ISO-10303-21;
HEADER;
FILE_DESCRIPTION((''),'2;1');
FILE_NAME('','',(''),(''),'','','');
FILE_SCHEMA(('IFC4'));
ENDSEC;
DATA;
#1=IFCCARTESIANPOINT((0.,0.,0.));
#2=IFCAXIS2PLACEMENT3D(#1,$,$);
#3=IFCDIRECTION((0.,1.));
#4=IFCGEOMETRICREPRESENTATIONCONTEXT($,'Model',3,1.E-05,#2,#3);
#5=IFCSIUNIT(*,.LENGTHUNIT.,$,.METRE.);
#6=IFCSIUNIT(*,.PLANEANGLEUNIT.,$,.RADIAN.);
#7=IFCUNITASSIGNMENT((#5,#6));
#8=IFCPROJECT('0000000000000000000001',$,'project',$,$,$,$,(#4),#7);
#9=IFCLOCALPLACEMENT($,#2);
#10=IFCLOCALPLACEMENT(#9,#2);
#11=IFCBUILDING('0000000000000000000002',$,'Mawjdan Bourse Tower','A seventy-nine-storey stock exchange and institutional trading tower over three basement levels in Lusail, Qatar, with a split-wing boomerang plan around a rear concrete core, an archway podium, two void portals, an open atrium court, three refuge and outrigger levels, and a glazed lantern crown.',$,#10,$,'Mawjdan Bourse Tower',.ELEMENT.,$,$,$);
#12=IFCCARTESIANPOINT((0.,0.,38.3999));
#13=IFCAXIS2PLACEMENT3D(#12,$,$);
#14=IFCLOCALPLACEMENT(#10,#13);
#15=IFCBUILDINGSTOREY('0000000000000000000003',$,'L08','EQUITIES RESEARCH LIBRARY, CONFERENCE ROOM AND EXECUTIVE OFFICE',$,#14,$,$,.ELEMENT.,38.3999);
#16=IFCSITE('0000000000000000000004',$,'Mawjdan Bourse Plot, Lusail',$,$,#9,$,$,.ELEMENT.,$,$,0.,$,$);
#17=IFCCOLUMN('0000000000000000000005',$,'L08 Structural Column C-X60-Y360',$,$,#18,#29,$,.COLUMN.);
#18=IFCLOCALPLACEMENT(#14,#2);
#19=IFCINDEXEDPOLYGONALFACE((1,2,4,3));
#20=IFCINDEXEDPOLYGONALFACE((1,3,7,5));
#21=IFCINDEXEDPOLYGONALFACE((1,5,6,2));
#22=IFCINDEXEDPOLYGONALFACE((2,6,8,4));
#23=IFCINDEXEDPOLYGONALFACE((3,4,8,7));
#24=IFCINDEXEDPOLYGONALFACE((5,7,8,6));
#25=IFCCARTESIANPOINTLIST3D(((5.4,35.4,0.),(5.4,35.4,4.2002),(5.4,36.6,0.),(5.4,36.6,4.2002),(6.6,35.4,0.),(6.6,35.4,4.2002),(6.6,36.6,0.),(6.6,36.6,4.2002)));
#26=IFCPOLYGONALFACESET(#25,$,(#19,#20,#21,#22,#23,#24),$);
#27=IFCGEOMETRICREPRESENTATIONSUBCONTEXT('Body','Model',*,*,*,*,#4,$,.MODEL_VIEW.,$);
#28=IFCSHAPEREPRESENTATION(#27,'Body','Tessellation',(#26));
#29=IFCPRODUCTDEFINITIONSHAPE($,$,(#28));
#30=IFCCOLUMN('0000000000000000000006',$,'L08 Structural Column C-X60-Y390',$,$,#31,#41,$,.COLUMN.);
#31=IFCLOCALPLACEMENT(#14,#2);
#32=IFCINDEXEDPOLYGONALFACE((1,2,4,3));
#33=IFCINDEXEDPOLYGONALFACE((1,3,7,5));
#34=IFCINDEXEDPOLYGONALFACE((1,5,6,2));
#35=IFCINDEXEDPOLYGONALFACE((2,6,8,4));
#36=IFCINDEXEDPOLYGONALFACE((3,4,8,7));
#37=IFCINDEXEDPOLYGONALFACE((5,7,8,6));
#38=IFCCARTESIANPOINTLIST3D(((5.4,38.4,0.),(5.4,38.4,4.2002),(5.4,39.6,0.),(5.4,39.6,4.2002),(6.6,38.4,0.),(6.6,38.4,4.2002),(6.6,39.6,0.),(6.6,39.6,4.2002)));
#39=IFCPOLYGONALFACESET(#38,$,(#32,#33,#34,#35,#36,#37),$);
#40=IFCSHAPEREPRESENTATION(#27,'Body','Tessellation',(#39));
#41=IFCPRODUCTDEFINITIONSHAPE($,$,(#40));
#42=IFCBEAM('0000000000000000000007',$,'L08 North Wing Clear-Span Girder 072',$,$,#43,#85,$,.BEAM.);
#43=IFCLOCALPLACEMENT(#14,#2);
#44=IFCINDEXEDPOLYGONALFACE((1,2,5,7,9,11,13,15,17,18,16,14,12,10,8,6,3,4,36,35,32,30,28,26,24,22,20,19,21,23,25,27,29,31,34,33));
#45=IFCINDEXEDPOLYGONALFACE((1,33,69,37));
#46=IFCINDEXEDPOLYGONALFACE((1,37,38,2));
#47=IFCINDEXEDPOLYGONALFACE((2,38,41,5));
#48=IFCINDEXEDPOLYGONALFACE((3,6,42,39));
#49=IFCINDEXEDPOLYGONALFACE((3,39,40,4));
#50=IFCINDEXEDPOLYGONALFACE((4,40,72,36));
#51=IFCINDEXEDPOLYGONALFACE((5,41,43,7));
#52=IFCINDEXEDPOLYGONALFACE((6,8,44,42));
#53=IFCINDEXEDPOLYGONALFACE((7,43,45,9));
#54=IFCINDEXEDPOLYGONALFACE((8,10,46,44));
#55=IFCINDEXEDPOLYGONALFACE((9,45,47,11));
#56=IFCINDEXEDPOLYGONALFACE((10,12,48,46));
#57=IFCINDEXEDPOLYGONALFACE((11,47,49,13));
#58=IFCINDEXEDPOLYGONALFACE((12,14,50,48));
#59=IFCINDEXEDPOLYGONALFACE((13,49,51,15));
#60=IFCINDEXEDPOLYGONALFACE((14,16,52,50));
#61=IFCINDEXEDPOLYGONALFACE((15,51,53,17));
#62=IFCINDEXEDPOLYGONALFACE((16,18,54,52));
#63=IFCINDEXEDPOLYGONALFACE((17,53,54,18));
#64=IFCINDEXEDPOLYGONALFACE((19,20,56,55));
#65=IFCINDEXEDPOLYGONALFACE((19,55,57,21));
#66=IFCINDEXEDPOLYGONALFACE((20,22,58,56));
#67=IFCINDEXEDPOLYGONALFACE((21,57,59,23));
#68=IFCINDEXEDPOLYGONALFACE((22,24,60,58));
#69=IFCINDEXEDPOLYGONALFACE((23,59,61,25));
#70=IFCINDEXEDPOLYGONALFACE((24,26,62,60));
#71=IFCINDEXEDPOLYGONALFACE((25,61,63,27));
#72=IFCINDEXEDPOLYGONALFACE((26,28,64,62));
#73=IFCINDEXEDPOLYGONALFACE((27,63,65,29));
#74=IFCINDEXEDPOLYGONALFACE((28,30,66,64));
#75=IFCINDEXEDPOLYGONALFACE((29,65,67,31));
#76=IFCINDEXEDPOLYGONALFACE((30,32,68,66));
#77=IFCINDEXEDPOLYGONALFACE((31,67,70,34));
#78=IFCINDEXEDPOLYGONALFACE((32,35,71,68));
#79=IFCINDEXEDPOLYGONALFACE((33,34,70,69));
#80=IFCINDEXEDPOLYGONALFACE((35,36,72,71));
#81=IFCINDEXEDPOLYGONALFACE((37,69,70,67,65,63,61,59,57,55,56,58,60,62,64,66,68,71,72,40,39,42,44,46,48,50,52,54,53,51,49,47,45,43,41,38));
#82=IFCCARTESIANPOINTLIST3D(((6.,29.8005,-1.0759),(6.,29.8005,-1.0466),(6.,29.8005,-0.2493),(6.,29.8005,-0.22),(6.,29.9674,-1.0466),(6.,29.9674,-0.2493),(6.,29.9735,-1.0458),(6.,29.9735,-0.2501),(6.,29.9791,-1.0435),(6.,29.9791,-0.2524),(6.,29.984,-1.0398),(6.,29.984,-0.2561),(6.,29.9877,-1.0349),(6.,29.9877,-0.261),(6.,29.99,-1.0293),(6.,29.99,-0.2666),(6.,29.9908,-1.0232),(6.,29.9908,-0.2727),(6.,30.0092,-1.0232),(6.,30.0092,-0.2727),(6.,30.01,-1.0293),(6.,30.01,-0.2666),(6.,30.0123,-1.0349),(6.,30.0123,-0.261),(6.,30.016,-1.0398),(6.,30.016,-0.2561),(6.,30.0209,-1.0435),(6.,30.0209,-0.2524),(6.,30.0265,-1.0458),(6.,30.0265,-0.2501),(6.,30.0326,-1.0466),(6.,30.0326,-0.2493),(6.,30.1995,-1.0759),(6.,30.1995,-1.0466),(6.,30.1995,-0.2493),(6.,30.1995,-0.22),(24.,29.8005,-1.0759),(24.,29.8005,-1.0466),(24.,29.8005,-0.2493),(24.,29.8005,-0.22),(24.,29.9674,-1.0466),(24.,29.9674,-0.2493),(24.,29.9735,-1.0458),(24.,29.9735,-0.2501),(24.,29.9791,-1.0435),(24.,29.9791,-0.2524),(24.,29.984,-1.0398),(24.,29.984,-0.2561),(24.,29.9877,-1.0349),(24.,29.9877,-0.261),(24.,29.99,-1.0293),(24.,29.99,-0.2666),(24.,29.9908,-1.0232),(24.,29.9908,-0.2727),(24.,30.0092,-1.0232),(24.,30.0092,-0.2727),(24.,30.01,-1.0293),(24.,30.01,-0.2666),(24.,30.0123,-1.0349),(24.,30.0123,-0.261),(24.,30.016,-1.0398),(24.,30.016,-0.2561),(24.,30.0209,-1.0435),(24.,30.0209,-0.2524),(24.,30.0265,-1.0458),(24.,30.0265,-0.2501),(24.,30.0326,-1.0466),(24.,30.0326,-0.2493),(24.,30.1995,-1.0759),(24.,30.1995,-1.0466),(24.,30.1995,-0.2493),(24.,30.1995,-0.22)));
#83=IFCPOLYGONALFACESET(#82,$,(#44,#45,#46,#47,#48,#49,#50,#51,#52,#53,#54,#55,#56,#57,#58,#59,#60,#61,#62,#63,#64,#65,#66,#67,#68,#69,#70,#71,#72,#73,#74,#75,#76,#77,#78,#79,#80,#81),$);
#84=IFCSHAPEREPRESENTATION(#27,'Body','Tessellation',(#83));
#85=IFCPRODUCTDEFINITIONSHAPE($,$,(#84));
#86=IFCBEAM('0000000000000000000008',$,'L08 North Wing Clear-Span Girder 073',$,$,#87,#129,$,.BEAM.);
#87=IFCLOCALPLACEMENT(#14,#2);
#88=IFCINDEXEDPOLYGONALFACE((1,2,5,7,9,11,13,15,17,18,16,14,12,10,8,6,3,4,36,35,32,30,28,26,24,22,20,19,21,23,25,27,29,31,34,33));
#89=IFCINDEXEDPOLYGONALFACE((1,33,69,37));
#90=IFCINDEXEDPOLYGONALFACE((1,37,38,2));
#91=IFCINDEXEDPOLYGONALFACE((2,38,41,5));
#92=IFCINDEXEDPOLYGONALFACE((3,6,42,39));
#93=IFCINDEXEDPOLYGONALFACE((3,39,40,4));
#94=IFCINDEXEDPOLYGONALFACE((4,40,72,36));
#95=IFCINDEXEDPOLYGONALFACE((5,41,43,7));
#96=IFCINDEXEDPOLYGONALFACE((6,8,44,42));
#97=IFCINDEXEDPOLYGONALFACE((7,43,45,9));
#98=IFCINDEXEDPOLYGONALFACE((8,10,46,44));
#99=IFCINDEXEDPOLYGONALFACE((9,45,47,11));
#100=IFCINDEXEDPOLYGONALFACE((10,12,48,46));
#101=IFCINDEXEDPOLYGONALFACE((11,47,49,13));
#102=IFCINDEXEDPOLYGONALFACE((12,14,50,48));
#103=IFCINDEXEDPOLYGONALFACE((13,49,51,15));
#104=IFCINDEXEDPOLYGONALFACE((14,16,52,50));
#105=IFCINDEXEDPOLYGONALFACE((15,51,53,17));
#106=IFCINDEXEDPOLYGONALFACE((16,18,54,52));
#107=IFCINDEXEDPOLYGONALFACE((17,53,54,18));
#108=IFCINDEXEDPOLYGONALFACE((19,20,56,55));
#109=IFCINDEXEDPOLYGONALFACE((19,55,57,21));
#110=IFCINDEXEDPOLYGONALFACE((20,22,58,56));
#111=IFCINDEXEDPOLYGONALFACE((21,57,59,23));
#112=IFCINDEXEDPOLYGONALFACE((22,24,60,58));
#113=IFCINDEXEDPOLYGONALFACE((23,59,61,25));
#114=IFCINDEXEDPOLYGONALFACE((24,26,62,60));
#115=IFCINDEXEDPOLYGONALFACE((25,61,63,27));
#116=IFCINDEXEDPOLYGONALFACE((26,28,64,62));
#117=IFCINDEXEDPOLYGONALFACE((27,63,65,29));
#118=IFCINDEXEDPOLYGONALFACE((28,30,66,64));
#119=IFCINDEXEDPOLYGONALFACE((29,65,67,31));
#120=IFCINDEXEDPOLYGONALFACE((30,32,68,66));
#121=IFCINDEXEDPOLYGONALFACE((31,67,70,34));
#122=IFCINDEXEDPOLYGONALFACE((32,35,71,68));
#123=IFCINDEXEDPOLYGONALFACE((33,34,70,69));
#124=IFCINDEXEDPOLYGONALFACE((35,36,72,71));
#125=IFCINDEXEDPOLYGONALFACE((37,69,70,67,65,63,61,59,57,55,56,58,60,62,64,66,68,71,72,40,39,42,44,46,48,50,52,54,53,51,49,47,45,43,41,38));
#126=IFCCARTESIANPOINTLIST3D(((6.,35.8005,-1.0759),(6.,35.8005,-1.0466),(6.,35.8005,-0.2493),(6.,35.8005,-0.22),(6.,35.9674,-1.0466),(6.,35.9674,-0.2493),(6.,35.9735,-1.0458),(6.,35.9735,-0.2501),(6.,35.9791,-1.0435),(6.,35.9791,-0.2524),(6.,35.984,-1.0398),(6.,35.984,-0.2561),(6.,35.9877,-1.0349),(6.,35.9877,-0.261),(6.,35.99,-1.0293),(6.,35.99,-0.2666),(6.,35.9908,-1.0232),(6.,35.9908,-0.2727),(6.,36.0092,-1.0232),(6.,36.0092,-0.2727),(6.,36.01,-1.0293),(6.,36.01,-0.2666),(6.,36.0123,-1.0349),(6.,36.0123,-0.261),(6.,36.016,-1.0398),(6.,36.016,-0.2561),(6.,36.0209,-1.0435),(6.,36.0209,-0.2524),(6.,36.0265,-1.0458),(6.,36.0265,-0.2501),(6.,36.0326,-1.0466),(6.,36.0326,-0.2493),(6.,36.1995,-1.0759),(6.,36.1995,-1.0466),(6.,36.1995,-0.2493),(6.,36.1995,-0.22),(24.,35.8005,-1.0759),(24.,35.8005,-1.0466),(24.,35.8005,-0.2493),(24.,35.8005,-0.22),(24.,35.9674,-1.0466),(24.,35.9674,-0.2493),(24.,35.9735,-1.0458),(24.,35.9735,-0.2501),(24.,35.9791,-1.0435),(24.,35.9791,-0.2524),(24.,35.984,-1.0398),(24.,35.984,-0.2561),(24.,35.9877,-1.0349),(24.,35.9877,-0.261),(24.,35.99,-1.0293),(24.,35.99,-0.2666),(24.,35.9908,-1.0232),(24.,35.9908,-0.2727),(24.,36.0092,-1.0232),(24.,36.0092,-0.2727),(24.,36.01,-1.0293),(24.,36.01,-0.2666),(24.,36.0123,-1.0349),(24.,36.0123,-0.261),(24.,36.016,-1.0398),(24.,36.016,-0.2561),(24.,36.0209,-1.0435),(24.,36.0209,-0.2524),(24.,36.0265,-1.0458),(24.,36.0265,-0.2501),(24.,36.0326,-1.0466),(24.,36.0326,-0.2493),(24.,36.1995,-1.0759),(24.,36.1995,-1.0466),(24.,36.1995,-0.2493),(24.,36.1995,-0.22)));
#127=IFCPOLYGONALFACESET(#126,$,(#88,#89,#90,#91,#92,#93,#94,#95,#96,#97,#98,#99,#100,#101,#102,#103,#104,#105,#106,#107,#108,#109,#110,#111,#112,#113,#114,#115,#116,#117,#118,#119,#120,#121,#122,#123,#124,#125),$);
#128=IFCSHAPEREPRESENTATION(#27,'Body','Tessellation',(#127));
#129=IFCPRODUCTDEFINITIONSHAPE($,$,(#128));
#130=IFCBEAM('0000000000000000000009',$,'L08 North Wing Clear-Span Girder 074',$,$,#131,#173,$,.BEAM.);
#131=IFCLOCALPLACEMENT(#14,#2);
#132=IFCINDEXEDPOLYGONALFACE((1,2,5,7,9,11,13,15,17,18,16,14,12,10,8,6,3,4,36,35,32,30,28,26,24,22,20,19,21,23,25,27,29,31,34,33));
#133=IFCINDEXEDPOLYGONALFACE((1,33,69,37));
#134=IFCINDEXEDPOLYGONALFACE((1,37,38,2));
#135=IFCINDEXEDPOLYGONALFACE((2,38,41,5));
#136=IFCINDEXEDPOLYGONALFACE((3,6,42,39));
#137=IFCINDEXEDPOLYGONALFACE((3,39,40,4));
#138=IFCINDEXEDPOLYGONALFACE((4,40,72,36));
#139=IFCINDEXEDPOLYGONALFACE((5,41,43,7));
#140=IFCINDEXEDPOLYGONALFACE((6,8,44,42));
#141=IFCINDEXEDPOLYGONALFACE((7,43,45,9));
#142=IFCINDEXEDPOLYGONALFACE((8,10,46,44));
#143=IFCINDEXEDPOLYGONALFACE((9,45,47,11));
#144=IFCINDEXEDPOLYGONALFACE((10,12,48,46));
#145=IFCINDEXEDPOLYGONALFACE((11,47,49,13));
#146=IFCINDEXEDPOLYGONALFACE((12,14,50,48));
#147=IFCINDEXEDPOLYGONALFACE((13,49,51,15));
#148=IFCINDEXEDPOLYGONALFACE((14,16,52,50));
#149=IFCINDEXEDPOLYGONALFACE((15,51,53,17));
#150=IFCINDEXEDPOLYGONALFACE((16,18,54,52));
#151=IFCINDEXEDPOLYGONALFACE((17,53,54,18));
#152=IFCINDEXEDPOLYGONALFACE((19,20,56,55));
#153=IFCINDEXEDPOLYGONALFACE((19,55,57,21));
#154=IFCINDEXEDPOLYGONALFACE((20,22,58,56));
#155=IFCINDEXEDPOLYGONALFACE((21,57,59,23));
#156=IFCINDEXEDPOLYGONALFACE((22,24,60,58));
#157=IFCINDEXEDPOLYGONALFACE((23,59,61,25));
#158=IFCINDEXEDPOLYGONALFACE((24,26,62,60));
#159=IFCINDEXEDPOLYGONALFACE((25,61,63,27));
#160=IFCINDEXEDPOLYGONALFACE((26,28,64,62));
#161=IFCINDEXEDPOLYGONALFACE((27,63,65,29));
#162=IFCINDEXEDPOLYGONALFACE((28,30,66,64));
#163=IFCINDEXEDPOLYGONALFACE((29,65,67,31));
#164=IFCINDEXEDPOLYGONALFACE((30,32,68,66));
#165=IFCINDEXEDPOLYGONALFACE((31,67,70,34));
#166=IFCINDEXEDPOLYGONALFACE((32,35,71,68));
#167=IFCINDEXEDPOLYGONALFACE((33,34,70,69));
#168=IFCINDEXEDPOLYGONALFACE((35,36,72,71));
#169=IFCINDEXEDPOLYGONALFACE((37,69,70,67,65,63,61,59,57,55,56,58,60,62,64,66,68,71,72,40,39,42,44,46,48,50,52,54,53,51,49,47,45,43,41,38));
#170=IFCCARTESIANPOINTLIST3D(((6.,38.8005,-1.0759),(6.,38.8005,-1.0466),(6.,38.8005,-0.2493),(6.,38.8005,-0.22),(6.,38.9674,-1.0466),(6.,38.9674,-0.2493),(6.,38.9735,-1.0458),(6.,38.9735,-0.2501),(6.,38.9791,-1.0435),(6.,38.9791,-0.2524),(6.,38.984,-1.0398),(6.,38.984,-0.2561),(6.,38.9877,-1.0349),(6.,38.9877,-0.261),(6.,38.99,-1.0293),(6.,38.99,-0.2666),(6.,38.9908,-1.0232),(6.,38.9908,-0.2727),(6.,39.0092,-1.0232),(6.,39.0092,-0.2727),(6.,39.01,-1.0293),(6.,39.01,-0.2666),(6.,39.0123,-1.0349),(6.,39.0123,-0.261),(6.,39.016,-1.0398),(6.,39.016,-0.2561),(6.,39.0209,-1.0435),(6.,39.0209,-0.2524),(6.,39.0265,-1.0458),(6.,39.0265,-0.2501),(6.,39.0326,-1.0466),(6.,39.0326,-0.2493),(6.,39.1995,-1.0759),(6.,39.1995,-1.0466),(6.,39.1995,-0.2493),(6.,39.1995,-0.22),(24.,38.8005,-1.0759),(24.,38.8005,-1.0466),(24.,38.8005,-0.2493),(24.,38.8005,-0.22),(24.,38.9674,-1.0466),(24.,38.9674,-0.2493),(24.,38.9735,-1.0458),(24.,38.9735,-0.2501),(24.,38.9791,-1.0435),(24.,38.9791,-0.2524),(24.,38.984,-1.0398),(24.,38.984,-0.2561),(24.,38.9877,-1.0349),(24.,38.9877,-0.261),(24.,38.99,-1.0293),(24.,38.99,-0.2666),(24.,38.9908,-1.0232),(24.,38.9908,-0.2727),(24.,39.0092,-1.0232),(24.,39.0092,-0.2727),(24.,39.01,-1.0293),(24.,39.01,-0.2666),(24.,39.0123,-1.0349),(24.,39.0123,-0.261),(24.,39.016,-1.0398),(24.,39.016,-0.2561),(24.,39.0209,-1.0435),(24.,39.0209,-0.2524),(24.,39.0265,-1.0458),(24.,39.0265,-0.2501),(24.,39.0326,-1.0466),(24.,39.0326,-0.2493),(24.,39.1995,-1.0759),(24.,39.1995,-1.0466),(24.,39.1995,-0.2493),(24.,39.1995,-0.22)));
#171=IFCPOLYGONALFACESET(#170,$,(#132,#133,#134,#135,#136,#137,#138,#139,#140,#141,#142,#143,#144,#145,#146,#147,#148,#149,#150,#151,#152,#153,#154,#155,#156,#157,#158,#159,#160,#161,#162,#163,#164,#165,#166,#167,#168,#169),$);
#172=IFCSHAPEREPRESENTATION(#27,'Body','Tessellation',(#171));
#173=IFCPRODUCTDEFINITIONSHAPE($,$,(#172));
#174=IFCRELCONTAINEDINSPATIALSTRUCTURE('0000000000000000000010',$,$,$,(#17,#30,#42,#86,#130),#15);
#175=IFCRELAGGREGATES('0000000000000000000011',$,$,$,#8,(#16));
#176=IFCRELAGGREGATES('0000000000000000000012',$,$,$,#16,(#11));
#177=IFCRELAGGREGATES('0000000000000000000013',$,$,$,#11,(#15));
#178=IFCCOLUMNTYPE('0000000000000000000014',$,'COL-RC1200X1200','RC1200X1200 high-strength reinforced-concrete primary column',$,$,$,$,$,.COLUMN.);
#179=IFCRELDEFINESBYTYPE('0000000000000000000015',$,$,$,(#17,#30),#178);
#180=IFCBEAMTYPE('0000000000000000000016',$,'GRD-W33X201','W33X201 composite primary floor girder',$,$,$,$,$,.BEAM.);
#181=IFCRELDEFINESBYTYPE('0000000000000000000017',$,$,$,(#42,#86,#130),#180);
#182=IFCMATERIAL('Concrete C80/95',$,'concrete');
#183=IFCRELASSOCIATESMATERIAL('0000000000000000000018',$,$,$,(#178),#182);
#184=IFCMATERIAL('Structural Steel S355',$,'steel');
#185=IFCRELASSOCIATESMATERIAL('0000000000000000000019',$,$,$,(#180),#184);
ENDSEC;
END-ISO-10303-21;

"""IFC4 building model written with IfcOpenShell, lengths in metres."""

from ifc_helpers import new_model, si_unit, direction, frame, origin, origin_2d, place, context, subcontext, project, spatial, rectangle, i_section, extrude, material, material_profile, profile_set, type_object, element, save


model = new_model("IFC4")

# Units and contexts
model_context = context("Model", 3, precision=1e-05, world=origin(), true_north=direction((0.0, 1.0)))
body_context = subcontext(model_context, "Body", "Model", "MODEL_VIEW")
ifc_project = project(units=[si_unit("LENGTHUNIT", "METRE"), si_unit("PLANEANGLEUNIT", "RADIAN")], contexts=[model_context])

# Site, building, storey
site_placement = place(None, origin())
site = spatial("IfcSite", under=ifc_project, at=site_placement, Name="Mawjdan Bourse Plot, Lusail", CompositionType="ELEMENT", RefElevation=0.0)
building_placement = place(site_placement, origin())
building = spatial("IfcBuilding", under=site, at=building_placement, Name="Mawjdan Bourse Tower", Description="A seventy-nine-storey stock exchange and institutional trading tower over three basement levels in Lusail, Qatar, with a split-wing boomerang plan around a rear concrete core, an archway podium, two void portals, an open atrium court, three refuge and outrigger levels, and a glazed lantern crown.", LongName="Mawjdan Bourse Tower", CompositionType="ELEMENT")
storey_placement = place(building_placement, frame((0.0, 0.0, 38.3999)))
storey = spatial("IfcBuildingStorey", under=building, at=storey_placement, Name="L08", Description="EQUITIES RESEARCH LIBRARY, CONFERENCE ROOM AND EXECUTIVE OFFICE", CompositionType="ELEMENT", Elevation=38.3999)

# Columns
ifc_material_1 = material(Name="Concrete C80/95", Category="concrete")
ifc_material_profile_1 = material_profile(ifc_material_1, rectangle(XDim=1.2, YDim=1.2, at=origin_2d()), Name="RC1200X1200")
ifc_profile_set_1 = profile_set([ifc_material_profile_1], Name="Concrete C80/95")
column_type = type_object("IfcColumnType", Name="COL-RC1200X1200", Description="RC1200X1200 high-strength reinforced-concrete primary column", PredefinedType="COLUMN", material=ifc_profile_set_1)
for number, where, z_axis, x_axis, name in (
    (1, (6.0, 36.0, 0.0), (0.0, 0.0, 1.0), (1.0, 0.0, 0.0), "L08 Structural Column C-X60-Y360"),
    (2, (6.0, 39.0, 0.0), (0.0, 0.0, 1.0), (1.0, 0.0, 0.0), "L08 Structural Column C-X60-Y390"),
):
    element("IfcColumn", number, at=place(storey_placement, frame(where, z_axis=z_axis, x_axis=x_axis)), inside=storey, type_object=column_type, Name=name, PredefinedType="COLUMN", context=body_context, shape_type="SweptSolid", body=[
        extrude(rectangle(XDim=1.2, YDim=1.2, at=origin_2d()), origin(), (0.0, 0.0, 1.0), 4.2002),
    ])

# Beams
ifc_material_2 = material(Name="Structural Steel S355", Category="steel")
ifc_material_profile_2 = material_profile(ifc_material_2, i_section(OverallWidth=0.3989, OverallDepth=0.856, WebThickness=0.0183, FlangeThickness=0.0293, FilletRadius=0.0234, at=origin_2d()), Name="W33X201")
ifc_profile_set_2 = profile_set([ifc_material_profile_2], Name="Structural Steel S355")
beam_type_1 = type_object("IfcBeamType", Name="GRD-W33X201", Description="W33X201 composite primary floor girder", PredefinedType="BEAM", material=ifc_profile_set_2)
for number, where, z_axis, x_axis, name in (
    (3, (6.0, 30.0, -0.6479), (1.0, 0.0, 0.0), (0.0, 1.0, 0.0), "L08 North Wing Clear-Span Girder 072"),
    (4, (6.0, 36.0, -0.6479), (1.0, 0.0, 0.0), (0.0, 1.0, 0.0), "L08 North Wing Clear-Span Girder 073"),
    (5, (6.0, 39.0, -0.6479), (1.0, 0.0, 0.0), (0.0, 1.0, 0.0), "L08 North Wing Clear-Span Girder 074"),
):
    element("IfcBeam", number, at=place(storey_placement, frame(where, z_axis=z_axis, x_axis=x_axis)), inside=storey, type_object=beam_type_1, Name=name, PredefinedType="BEAM", context=body_context, shape_type="SweptSolid", body=[
        extrude(i_section(OverallWidth=0.3989, OverallDepth=0.856, WebThickness=0.0183, FlangeThickness=0.0293, FilletRadius=0.0234, at=origin_2d()), origin(), (0.0, 0.0, 1.0), 18.0),
    ])

save(model, "model.ifc")
